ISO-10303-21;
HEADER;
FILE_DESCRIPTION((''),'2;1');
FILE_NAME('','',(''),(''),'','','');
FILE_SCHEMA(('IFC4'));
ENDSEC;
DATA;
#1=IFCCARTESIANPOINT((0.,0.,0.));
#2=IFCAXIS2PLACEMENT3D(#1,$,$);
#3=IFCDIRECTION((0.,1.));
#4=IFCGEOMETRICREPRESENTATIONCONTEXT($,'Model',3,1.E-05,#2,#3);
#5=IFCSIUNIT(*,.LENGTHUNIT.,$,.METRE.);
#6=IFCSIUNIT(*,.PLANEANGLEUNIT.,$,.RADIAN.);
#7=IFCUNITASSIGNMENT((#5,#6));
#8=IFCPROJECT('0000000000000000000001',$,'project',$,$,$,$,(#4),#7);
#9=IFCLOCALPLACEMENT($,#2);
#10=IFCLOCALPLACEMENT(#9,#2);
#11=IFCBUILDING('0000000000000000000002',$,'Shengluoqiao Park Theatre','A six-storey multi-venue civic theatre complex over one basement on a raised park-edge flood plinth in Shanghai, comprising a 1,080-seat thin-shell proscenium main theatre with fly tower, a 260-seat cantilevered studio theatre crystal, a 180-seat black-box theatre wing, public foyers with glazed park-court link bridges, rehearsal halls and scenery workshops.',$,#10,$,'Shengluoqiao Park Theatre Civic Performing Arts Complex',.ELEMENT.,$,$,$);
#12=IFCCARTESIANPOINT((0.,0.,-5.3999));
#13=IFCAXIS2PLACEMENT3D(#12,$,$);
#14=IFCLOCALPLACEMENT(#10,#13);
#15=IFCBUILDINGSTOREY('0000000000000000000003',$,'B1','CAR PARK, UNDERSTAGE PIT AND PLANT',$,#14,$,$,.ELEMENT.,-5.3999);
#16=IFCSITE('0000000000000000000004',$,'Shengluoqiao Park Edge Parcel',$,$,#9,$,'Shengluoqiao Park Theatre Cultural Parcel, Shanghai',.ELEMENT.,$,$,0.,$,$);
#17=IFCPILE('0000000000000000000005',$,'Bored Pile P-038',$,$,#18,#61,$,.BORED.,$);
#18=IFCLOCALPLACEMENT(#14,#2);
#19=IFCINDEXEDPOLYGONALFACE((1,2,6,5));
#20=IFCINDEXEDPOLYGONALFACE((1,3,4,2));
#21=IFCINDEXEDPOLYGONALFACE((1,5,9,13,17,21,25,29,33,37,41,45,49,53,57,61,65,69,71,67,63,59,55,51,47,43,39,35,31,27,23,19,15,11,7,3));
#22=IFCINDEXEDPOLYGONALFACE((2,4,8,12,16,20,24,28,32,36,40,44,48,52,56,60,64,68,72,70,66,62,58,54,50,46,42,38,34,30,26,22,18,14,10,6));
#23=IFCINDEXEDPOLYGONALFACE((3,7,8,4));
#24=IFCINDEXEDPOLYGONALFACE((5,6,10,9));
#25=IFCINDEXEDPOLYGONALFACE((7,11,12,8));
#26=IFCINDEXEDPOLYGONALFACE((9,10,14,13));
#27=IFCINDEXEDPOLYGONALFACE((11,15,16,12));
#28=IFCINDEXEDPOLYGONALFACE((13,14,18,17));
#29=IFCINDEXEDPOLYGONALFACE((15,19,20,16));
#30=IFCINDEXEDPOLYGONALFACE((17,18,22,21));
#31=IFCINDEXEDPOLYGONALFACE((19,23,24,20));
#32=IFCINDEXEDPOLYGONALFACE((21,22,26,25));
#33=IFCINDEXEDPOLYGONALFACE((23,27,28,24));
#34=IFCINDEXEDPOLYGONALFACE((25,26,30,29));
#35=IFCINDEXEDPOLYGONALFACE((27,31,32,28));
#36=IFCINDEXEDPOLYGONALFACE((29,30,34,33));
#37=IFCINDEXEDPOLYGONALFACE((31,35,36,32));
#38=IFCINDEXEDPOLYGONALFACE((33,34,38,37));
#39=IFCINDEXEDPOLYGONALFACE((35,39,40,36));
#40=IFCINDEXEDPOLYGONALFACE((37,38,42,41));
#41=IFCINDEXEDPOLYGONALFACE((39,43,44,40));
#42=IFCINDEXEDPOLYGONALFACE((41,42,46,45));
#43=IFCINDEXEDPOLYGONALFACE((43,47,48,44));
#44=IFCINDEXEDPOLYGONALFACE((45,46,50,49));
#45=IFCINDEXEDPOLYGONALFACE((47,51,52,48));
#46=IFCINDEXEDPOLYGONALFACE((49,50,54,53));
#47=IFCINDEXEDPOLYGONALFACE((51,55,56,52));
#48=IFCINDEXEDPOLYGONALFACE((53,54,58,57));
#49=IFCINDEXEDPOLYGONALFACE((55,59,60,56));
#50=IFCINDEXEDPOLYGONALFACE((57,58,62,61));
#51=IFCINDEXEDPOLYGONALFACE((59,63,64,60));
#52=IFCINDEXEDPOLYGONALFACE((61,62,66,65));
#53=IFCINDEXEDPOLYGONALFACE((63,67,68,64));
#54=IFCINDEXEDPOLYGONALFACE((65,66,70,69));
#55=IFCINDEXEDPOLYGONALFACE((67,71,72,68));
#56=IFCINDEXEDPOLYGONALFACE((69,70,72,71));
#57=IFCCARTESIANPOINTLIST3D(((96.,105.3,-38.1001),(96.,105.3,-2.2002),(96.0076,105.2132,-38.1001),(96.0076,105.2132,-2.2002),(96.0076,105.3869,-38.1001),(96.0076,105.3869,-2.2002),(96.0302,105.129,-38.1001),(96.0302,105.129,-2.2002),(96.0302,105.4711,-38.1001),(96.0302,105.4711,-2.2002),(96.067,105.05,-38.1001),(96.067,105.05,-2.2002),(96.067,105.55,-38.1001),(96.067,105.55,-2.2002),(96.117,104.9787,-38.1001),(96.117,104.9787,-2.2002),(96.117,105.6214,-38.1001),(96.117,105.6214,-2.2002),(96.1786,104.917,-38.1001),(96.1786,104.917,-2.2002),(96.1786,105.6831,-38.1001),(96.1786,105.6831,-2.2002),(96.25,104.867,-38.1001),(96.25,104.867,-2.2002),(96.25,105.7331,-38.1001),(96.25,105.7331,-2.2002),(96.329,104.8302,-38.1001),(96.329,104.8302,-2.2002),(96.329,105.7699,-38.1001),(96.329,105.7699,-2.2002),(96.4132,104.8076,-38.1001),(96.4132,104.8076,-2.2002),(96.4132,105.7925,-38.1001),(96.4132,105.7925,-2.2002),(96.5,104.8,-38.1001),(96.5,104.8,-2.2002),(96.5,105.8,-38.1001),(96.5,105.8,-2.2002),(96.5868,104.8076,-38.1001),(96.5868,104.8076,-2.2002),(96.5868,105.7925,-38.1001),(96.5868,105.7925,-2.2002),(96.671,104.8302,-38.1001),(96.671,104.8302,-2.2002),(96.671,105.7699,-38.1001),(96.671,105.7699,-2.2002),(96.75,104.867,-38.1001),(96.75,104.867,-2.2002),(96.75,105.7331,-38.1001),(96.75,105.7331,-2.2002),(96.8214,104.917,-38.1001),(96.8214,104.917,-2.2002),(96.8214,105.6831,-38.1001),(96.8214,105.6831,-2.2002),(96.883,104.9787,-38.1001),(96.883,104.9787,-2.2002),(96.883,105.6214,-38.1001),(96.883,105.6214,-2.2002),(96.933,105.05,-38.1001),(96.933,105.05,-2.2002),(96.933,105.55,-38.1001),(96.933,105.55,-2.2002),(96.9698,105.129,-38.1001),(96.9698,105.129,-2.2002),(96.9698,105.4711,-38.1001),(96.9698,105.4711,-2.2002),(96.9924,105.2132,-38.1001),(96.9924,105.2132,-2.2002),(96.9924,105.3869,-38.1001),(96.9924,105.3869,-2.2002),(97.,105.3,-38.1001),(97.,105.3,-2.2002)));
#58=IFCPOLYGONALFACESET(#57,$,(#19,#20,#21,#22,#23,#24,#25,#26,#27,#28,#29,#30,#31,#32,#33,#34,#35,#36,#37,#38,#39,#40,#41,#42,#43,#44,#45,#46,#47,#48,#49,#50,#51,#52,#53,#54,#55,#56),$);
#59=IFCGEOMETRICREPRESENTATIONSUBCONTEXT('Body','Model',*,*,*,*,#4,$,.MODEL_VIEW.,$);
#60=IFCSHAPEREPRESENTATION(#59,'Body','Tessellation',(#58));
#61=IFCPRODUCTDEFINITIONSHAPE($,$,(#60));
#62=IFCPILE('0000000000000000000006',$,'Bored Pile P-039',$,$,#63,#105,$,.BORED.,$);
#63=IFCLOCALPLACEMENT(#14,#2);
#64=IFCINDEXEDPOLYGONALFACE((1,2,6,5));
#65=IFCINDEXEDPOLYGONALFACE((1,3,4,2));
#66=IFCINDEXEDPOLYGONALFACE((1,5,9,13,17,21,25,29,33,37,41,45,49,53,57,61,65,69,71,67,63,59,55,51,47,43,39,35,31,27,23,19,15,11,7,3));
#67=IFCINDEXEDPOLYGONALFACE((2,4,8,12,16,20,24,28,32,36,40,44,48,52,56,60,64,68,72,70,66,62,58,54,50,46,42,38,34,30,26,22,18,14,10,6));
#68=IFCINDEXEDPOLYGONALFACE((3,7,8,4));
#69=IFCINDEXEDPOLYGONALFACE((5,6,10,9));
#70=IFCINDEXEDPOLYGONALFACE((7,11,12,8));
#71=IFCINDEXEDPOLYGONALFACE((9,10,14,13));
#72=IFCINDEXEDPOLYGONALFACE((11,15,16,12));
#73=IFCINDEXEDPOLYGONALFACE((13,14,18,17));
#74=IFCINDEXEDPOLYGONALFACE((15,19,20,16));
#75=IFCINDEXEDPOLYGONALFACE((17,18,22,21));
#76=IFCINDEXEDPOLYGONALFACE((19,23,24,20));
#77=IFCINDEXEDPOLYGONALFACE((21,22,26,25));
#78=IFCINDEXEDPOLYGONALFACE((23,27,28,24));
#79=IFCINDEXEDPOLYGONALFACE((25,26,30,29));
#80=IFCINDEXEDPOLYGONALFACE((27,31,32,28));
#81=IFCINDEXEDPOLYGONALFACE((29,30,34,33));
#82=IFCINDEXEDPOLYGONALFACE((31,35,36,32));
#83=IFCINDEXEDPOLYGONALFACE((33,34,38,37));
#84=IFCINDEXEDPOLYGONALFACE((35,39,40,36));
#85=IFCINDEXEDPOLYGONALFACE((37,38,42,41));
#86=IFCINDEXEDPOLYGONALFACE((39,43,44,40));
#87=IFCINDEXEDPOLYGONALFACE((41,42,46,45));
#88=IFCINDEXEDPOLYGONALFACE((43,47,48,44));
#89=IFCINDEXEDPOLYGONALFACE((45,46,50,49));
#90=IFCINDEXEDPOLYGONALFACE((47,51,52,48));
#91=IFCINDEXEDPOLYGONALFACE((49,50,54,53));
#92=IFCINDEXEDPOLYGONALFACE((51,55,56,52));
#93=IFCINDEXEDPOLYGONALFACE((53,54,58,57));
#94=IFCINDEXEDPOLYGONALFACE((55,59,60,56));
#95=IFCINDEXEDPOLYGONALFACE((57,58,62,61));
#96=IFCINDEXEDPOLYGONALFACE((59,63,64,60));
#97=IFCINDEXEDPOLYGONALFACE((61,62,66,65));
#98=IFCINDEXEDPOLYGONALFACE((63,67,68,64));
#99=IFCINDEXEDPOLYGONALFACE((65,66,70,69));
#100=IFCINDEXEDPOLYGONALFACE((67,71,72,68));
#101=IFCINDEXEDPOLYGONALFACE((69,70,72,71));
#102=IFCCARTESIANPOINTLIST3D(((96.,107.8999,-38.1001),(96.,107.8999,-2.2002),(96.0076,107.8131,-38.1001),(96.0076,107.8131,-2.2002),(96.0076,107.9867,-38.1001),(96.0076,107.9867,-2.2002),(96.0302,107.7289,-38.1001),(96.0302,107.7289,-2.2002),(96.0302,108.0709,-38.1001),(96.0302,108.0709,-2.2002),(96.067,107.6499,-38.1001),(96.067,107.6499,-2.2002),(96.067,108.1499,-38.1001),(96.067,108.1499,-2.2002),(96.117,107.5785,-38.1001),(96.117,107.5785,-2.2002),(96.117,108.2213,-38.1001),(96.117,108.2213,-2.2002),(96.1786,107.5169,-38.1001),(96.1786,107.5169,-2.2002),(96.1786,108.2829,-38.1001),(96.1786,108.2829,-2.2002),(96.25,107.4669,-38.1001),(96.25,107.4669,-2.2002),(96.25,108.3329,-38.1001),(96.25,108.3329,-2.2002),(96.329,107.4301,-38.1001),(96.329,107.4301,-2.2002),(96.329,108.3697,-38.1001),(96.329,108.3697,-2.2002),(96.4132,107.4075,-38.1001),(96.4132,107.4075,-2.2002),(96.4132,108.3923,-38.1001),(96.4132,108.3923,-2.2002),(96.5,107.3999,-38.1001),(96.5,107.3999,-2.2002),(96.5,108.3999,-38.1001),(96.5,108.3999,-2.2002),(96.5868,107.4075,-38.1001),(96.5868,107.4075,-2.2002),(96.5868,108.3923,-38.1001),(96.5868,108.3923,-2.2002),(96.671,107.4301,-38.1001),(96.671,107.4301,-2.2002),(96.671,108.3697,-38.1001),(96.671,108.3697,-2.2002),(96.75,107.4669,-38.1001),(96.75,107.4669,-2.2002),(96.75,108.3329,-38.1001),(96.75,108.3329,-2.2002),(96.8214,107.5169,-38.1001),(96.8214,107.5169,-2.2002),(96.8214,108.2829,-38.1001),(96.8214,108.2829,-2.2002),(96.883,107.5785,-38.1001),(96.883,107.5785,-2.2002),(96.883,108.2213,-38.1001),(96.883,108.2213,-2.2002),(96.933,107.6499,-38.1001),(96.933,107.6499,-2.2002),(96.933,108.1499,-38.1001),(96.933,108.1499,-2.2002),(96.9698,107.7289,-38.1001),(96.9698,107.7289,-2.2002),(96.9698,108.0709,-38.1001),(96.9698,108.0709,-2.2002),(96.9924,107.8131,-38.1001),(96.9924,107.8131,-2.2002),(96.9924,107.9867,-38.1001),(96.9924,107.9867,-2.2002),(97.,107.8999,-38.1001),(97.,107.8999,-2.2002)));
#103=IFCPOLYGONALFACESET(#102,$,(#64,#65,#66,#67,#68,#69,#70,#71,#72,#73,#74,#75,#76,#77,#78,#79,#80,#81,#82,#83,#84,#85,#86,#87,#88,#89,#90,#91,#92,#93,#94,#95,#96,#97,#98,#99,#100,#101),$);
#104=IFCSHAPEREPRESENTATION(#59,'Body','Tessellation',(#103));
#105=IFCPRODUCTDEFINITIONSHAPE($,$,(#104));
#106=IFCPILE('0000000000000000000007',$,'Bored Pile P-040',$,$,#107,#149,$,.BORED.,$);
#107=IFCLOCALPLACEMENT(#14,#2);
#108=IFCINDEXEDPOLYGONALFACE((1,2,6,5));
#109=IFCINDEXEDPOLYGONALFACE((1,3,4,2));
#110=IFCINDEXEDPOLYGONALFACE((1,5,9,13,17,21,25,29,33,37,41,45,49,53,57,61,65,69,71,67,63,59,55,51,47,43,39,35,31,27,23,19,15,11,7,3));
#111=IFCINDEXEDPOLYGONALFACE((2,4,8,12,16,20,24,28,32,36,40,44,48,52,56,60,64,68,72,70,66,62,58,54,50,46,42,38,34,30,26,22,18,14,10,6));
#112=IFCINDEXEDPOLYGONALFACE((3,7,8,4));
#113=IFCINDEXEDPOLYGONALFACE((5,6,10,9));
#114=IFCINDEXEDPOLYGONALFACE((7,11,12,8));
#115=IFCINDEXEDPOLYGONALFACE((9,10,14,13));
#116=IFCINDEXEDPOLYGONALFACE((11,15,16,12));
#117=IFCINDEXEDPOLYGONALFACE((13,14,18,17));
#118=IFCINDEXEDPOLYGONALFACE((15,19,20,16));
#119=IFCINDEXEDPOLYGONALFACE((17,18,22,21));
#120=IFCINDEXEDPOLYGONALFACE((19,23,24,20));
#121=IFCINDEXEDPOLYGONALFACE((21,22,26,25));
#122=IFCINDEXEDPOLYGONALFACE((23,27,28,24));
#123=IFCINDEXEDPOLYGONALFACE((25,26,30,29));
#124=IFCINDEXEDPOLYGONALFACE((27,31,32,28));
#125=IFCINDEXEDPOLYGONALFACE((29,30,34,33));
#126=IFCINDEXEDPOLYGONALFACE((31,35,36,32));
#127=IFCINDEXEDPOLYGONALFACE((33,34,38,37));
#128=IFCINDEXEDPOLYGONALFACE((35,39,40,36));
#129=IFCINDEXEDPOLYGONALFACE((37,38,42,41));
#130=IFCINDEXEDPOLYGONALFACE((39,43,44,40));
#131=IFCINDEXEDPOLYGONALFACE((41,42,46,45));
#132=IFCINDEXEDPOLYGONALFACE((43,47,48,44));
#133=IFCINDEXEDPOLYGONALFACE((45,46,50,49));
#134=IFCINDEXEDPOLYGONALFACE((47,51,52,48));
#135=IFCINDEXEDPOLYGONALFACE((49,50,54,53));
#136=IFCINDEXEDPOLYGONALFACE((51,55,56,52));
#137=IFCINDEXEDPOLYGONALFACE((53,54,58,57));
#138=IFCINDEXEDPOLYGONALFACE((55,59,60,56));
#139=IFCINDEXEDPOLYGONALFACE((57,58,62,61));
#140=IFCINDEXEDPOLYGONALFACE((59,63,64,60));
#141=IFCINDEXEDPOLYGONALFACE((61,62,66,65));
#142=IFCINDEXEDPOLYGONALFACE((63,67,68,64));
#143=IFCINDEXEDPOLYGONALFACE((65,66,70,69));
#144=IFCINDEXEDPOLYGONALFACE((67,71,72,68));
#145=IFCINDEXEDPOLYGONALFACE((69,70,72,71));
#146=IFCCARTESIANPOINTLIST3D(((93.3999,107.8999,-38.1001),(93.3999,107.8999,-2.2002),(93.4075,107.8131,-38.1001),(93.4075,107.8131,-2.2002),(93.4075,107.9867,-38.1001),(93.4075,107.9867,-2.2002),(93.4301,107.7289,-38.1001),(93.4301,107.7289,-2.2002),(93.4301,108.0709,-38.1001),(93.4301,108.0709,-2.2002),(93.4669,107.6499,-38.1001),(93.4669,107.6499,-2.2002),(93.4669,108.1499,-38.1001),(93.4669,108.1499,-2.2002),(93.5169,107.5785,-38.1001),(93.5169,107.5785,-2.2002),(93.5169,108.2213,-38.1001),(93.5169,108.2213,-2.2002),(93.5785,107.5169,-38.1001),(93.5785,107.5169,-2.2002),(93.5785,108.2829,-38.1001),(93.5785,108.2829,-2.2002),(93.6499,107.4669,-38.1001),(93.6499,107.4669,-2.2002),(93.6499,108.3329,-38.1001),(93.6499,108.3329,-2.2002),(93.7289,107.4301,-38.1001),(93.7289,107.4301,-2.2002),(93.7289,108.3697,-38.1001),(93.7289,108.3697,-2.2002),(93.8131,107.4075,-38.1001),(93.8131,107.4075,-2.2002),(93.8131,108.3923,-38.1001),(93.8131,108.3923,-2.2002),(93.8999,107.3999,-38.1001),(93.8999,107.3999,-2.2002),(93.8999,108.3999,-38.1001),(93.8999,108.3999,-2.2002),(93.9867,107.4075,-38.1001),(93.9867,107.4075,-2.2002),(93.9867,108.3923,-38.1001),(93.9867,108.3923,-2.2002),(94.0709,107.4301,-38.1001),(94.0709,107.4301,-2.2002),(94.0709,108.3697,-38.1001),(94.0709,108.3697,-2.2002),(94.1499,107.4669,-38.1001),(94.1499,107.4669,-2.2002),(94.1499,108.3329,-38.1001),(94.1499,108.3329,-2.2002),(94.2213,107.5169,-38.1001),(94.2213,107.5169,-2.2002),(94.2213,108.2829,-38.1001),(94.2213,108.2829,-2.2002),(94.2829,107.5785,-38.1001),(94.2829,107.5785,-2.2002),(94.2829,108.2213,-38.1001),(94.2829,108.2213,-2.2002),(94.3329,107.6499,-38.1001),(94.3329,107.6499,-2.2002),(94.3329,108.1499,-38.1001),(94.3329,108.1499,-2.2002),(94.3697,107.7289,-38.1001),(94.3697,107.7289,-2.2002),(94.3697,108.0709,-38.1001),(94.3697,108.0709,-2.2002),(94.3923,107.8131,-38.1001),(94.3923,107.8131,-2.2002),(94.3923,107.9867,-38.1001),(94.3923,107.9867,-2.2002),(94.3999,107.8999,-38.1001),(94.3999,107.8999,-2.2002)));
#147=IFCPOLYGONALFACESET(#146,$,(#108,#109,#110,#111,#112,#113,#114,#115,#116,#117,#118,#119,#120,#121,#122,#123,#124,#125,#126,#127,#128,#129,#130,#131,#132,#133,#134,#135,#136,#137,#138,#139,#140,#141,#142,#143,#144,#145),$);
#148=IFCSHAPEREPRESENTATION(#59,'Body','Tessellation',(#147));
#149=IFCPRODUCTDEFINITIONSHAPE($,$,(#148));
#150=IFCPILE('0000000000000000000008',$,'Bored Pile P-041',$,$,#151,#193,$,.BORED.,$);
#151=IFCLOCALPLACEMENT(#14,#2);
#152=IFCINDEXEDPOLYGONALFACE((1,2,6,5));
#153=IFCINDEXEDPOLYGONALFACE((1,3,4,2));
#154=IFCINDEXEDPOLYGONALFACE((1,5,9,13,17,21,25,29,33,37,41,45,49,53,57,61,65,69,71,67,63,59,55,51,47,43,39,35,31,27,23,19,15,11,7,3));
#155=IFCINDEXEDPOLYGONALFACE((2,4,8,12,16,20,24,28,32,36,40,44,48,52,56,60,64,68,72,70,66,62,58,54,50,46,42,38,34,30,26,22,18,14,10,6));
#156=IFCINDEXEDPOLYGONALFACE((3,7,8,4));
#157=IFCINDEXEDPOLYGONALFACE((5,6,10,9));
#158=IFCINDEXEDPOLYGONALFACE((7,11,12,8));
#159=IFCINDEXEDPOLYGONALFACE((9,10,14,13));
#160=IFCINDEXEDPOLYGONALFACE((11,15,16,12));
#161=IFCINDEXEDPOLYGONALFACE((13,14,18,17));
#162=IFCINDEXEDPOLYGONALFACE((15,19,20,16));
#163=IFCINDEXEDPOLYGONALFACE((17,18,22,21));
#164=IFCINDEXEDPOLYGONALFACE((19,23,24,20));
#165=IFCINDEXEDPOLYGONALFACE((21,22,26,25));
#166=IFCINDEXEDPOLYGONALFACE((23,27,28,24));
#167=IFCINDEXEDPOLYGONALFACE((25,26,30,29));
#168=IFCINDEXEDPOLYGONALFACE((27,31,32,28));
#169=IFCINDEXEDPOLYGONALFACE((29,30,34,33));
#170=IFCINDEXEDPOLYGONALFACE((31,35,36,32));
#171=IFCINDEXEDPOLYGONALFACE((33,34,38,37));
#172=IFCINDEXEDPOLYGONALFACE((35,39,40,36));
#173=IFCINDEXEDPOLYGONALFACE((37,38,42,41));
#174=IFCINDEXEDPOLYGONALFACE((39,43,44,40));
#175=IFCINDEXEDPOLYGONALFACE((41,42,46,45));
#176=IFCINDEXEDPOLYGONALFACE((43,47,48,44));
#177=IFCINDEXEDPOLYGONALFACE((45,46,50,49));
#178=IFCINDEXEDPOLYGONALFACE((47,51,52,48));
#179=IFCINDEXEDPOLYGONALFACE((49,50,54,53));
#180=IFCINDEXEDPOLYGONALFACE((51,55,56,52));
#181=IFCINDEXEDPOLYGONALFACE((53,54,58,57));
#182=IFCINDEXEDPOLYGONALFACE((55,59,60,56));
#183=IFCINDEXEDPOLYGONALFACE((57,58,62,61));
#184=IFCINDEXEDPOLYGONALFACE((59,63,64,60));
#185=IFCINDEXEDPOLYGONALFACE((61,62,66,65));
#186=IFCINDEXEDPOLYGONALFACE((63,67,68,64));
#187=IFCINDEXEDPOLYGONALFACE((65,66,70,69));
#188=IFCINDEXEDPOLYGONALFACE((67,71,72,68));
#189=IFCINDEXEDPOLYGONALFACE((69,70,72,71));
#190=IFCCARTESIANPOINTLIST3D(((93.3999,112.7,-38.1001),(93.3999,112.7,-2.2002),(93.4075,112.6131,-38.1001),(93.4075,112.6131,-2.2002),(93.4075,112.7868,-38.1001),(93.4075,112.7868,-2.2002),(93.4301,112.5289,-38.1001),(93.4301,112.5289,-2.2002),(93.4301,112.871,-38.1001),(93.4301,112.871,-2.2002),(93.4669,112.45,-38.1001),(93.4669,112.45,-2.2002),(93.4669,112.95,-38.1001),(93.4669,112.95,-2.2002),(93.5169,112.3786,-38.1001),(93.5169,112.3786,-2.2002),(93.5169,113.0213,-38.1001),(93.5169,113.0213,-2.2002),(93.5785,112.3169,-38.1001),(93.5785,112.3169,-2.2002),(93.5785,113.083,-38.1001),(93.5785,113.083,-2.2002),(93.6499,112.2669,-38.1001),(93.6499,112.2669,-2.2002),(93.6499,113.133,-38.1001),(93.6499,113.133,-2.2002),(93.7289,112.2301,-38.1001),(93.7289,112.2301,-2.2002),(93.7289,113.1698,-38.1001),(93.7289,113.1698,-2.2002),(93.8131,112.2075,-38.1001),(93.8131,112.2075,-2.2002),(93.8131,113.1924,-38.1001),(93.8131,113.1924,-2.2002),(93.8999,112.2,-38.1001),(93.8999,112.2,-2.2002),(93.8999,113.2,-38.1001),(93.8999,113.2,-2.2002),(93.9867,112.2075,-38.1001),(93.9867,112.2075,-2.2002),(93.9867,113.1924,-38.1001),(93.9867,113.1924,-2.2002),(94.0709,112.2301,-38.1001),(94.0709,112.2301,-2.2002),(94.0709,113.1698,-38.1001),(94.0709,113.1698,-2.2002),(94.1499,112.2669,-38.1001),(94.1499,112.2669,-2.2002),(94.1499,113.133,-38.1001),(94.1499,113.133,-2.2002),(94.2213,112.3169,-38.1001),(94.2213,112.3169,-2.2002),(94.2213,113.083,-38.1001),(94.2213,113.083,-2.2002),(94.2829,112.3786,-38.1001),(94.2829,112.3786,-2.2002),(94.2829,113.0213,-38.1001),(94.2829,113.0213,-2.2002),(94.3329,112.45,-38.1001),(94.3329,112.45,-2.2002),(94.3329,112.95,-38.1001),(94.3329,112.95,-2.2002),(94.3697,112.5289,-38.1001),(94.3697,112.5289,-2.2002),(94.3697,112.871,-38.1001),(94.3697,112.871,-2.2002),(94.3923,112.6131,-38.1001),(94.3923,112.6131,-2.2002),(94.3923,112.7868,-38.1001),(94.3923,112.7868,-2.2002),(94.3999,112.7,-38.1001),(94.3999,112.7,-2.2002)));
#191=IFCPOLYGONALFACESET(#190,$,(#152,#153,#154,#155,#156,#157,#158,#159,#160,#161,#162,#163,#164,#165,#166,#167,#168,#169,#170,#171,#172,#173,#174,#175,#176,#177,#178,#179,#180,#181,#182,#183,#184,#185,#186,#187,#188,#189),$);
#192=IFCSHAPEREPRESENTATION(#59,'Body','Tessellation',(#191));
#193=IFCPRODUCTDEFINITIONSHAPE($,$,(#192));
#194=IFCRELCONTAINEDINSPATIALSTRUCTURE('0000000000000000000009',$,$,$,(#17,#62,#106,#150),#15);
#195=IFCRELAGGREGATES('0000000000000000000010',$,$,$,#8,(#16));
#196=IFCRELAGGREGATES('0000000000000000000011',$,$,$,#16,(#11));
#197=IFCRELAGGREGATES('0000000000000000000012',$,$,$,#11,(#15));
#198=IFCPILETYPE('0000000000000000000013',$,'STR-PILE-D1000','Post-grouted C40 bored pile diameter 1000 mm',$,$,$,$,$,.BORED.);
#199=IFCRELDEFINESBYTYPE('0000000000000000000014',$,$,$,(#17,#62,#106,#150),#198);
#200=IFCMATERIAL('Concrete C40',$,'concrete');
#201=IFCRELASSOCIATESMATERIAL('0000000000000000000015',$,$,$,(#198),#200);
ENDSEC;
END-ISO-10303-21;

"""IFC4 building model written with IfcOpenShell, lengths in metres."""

from ifc_helpers import new_model, si_unit, direction, frame, origin, origin_2d, place, context, subcontext, project, spatial, circle, extrude, material, material_profile, profile_set, type_object, element, save


model = new_model("IFC4")

# Units and contexts
model_context = context("Model", 3, precision=1e-05, world=origin(), true_north=direction((0.0, 1.0)))
body_context = subcontext(model_context, "Body", "Model", "MODEL_VIEW")
ifc_project = project(units=[si_unit("LENGTHUNIT", "METRE"), si_unit("PLANEANGLEUNIT", "RADIAN")], contexts=[model_context])

# Site, building, storey
site_placement = place(None, origin())
site = spatial("IfcSite", under=ifc_project, at=site_placement, Name="Shengluoqiao Park Edge Parcel", LongName="Shengluoqiao Park Theatre Cultural Parcel, Shanghai", CompositionType="ELEMENT", RefElevation=0.0)
building_placement = place(site_placement, origin())
building = spatial("IfcBuilding", under=site, at=building_placement, Name="Shengluoqiao Park Theatre", Description="A six-storey multi-venue civic theatre complex over one basement on a raised park-edge flood plinth in Shanghai, comprising a 1,080-seat thin-shell proscenium main theatre with fly tower, a 260-seat cantilevered studio theatre crystal, a 180-seat black-box theatre wing, public foyers with glazed park-court link bridges, rehearsal halls and scenery workshops.", LongName="Shengluoqiao Park Theatre Civic Performing Arts Complex", CompositionType="ELEMENT")
storey_placement = place(building_placement, frame((0.0, 0.0, -5.3999)))
storey = spatial("IfcBuildingStorey", under=building, at=storey_placement, Name="B1", Description="CAR PARK, UNDERSTAGE PIT AND PLANT", CompositionType="ELEMENT", Elevation=-5.3999)

# Shared definitions
ifc_material_1 = material(Name="Concrete C40", Category="concrete")

# Piles
ifc_material_profile_1 = material_profile(ifc_material_1, circle(Radius=0.5, at=origin_2d()), Name="BORED PILE D1000")
ifc_profile_set_1 = profile_set([ifc_material_profile_1], Name="Concrete C40")
pile_type = type_object("IfcPileType", Name="STR-PILE-D1000", Description="Post-grouted C40 bored pile diameter 1000 mm", PredefinedType="BORED", material=ifc_profile_set_1)
for number, where, z_axis, x_axis, name in (
    (1, (96.5, 105.3, -2.2002), (0.0, 0.0, -1.0), (1.0, 0.0, 0.0), "Bored Pile P-038"),
    (2, (96.5, 107.8999, -2.2002), (0.0, 0.0, -1.0), (1.0, 0.0, 0.0), "Bored Pile P-039"),
    (3, (93.8999, 107.8999, -2.2002), (0.0, 0.0, -1.0), (1.0, 0.0, 0.0), "Bored Pile P-040"),
    (4, (93.8999, 112.7, -2.2002), (0.0, 0.0, -1.0), (1.0, 0.0, 0.0), "Bored Pile P-041"),
):
    element("IfcPile", number, at=place(storey_placement, frame(where, z_axis=z_axis, x_axis=x_axis)), inside=storey, type_object=pile_type, Name=name, PredefinedType="BORED", context=body_context, shape_type="SweptSolid", body=[
        extrude(circle(Radius=0.5, at=origin_2d()), origin(), (0.0, 0.0, 1.0), 35.8999),
    ])

save(model, "model.ifc")
